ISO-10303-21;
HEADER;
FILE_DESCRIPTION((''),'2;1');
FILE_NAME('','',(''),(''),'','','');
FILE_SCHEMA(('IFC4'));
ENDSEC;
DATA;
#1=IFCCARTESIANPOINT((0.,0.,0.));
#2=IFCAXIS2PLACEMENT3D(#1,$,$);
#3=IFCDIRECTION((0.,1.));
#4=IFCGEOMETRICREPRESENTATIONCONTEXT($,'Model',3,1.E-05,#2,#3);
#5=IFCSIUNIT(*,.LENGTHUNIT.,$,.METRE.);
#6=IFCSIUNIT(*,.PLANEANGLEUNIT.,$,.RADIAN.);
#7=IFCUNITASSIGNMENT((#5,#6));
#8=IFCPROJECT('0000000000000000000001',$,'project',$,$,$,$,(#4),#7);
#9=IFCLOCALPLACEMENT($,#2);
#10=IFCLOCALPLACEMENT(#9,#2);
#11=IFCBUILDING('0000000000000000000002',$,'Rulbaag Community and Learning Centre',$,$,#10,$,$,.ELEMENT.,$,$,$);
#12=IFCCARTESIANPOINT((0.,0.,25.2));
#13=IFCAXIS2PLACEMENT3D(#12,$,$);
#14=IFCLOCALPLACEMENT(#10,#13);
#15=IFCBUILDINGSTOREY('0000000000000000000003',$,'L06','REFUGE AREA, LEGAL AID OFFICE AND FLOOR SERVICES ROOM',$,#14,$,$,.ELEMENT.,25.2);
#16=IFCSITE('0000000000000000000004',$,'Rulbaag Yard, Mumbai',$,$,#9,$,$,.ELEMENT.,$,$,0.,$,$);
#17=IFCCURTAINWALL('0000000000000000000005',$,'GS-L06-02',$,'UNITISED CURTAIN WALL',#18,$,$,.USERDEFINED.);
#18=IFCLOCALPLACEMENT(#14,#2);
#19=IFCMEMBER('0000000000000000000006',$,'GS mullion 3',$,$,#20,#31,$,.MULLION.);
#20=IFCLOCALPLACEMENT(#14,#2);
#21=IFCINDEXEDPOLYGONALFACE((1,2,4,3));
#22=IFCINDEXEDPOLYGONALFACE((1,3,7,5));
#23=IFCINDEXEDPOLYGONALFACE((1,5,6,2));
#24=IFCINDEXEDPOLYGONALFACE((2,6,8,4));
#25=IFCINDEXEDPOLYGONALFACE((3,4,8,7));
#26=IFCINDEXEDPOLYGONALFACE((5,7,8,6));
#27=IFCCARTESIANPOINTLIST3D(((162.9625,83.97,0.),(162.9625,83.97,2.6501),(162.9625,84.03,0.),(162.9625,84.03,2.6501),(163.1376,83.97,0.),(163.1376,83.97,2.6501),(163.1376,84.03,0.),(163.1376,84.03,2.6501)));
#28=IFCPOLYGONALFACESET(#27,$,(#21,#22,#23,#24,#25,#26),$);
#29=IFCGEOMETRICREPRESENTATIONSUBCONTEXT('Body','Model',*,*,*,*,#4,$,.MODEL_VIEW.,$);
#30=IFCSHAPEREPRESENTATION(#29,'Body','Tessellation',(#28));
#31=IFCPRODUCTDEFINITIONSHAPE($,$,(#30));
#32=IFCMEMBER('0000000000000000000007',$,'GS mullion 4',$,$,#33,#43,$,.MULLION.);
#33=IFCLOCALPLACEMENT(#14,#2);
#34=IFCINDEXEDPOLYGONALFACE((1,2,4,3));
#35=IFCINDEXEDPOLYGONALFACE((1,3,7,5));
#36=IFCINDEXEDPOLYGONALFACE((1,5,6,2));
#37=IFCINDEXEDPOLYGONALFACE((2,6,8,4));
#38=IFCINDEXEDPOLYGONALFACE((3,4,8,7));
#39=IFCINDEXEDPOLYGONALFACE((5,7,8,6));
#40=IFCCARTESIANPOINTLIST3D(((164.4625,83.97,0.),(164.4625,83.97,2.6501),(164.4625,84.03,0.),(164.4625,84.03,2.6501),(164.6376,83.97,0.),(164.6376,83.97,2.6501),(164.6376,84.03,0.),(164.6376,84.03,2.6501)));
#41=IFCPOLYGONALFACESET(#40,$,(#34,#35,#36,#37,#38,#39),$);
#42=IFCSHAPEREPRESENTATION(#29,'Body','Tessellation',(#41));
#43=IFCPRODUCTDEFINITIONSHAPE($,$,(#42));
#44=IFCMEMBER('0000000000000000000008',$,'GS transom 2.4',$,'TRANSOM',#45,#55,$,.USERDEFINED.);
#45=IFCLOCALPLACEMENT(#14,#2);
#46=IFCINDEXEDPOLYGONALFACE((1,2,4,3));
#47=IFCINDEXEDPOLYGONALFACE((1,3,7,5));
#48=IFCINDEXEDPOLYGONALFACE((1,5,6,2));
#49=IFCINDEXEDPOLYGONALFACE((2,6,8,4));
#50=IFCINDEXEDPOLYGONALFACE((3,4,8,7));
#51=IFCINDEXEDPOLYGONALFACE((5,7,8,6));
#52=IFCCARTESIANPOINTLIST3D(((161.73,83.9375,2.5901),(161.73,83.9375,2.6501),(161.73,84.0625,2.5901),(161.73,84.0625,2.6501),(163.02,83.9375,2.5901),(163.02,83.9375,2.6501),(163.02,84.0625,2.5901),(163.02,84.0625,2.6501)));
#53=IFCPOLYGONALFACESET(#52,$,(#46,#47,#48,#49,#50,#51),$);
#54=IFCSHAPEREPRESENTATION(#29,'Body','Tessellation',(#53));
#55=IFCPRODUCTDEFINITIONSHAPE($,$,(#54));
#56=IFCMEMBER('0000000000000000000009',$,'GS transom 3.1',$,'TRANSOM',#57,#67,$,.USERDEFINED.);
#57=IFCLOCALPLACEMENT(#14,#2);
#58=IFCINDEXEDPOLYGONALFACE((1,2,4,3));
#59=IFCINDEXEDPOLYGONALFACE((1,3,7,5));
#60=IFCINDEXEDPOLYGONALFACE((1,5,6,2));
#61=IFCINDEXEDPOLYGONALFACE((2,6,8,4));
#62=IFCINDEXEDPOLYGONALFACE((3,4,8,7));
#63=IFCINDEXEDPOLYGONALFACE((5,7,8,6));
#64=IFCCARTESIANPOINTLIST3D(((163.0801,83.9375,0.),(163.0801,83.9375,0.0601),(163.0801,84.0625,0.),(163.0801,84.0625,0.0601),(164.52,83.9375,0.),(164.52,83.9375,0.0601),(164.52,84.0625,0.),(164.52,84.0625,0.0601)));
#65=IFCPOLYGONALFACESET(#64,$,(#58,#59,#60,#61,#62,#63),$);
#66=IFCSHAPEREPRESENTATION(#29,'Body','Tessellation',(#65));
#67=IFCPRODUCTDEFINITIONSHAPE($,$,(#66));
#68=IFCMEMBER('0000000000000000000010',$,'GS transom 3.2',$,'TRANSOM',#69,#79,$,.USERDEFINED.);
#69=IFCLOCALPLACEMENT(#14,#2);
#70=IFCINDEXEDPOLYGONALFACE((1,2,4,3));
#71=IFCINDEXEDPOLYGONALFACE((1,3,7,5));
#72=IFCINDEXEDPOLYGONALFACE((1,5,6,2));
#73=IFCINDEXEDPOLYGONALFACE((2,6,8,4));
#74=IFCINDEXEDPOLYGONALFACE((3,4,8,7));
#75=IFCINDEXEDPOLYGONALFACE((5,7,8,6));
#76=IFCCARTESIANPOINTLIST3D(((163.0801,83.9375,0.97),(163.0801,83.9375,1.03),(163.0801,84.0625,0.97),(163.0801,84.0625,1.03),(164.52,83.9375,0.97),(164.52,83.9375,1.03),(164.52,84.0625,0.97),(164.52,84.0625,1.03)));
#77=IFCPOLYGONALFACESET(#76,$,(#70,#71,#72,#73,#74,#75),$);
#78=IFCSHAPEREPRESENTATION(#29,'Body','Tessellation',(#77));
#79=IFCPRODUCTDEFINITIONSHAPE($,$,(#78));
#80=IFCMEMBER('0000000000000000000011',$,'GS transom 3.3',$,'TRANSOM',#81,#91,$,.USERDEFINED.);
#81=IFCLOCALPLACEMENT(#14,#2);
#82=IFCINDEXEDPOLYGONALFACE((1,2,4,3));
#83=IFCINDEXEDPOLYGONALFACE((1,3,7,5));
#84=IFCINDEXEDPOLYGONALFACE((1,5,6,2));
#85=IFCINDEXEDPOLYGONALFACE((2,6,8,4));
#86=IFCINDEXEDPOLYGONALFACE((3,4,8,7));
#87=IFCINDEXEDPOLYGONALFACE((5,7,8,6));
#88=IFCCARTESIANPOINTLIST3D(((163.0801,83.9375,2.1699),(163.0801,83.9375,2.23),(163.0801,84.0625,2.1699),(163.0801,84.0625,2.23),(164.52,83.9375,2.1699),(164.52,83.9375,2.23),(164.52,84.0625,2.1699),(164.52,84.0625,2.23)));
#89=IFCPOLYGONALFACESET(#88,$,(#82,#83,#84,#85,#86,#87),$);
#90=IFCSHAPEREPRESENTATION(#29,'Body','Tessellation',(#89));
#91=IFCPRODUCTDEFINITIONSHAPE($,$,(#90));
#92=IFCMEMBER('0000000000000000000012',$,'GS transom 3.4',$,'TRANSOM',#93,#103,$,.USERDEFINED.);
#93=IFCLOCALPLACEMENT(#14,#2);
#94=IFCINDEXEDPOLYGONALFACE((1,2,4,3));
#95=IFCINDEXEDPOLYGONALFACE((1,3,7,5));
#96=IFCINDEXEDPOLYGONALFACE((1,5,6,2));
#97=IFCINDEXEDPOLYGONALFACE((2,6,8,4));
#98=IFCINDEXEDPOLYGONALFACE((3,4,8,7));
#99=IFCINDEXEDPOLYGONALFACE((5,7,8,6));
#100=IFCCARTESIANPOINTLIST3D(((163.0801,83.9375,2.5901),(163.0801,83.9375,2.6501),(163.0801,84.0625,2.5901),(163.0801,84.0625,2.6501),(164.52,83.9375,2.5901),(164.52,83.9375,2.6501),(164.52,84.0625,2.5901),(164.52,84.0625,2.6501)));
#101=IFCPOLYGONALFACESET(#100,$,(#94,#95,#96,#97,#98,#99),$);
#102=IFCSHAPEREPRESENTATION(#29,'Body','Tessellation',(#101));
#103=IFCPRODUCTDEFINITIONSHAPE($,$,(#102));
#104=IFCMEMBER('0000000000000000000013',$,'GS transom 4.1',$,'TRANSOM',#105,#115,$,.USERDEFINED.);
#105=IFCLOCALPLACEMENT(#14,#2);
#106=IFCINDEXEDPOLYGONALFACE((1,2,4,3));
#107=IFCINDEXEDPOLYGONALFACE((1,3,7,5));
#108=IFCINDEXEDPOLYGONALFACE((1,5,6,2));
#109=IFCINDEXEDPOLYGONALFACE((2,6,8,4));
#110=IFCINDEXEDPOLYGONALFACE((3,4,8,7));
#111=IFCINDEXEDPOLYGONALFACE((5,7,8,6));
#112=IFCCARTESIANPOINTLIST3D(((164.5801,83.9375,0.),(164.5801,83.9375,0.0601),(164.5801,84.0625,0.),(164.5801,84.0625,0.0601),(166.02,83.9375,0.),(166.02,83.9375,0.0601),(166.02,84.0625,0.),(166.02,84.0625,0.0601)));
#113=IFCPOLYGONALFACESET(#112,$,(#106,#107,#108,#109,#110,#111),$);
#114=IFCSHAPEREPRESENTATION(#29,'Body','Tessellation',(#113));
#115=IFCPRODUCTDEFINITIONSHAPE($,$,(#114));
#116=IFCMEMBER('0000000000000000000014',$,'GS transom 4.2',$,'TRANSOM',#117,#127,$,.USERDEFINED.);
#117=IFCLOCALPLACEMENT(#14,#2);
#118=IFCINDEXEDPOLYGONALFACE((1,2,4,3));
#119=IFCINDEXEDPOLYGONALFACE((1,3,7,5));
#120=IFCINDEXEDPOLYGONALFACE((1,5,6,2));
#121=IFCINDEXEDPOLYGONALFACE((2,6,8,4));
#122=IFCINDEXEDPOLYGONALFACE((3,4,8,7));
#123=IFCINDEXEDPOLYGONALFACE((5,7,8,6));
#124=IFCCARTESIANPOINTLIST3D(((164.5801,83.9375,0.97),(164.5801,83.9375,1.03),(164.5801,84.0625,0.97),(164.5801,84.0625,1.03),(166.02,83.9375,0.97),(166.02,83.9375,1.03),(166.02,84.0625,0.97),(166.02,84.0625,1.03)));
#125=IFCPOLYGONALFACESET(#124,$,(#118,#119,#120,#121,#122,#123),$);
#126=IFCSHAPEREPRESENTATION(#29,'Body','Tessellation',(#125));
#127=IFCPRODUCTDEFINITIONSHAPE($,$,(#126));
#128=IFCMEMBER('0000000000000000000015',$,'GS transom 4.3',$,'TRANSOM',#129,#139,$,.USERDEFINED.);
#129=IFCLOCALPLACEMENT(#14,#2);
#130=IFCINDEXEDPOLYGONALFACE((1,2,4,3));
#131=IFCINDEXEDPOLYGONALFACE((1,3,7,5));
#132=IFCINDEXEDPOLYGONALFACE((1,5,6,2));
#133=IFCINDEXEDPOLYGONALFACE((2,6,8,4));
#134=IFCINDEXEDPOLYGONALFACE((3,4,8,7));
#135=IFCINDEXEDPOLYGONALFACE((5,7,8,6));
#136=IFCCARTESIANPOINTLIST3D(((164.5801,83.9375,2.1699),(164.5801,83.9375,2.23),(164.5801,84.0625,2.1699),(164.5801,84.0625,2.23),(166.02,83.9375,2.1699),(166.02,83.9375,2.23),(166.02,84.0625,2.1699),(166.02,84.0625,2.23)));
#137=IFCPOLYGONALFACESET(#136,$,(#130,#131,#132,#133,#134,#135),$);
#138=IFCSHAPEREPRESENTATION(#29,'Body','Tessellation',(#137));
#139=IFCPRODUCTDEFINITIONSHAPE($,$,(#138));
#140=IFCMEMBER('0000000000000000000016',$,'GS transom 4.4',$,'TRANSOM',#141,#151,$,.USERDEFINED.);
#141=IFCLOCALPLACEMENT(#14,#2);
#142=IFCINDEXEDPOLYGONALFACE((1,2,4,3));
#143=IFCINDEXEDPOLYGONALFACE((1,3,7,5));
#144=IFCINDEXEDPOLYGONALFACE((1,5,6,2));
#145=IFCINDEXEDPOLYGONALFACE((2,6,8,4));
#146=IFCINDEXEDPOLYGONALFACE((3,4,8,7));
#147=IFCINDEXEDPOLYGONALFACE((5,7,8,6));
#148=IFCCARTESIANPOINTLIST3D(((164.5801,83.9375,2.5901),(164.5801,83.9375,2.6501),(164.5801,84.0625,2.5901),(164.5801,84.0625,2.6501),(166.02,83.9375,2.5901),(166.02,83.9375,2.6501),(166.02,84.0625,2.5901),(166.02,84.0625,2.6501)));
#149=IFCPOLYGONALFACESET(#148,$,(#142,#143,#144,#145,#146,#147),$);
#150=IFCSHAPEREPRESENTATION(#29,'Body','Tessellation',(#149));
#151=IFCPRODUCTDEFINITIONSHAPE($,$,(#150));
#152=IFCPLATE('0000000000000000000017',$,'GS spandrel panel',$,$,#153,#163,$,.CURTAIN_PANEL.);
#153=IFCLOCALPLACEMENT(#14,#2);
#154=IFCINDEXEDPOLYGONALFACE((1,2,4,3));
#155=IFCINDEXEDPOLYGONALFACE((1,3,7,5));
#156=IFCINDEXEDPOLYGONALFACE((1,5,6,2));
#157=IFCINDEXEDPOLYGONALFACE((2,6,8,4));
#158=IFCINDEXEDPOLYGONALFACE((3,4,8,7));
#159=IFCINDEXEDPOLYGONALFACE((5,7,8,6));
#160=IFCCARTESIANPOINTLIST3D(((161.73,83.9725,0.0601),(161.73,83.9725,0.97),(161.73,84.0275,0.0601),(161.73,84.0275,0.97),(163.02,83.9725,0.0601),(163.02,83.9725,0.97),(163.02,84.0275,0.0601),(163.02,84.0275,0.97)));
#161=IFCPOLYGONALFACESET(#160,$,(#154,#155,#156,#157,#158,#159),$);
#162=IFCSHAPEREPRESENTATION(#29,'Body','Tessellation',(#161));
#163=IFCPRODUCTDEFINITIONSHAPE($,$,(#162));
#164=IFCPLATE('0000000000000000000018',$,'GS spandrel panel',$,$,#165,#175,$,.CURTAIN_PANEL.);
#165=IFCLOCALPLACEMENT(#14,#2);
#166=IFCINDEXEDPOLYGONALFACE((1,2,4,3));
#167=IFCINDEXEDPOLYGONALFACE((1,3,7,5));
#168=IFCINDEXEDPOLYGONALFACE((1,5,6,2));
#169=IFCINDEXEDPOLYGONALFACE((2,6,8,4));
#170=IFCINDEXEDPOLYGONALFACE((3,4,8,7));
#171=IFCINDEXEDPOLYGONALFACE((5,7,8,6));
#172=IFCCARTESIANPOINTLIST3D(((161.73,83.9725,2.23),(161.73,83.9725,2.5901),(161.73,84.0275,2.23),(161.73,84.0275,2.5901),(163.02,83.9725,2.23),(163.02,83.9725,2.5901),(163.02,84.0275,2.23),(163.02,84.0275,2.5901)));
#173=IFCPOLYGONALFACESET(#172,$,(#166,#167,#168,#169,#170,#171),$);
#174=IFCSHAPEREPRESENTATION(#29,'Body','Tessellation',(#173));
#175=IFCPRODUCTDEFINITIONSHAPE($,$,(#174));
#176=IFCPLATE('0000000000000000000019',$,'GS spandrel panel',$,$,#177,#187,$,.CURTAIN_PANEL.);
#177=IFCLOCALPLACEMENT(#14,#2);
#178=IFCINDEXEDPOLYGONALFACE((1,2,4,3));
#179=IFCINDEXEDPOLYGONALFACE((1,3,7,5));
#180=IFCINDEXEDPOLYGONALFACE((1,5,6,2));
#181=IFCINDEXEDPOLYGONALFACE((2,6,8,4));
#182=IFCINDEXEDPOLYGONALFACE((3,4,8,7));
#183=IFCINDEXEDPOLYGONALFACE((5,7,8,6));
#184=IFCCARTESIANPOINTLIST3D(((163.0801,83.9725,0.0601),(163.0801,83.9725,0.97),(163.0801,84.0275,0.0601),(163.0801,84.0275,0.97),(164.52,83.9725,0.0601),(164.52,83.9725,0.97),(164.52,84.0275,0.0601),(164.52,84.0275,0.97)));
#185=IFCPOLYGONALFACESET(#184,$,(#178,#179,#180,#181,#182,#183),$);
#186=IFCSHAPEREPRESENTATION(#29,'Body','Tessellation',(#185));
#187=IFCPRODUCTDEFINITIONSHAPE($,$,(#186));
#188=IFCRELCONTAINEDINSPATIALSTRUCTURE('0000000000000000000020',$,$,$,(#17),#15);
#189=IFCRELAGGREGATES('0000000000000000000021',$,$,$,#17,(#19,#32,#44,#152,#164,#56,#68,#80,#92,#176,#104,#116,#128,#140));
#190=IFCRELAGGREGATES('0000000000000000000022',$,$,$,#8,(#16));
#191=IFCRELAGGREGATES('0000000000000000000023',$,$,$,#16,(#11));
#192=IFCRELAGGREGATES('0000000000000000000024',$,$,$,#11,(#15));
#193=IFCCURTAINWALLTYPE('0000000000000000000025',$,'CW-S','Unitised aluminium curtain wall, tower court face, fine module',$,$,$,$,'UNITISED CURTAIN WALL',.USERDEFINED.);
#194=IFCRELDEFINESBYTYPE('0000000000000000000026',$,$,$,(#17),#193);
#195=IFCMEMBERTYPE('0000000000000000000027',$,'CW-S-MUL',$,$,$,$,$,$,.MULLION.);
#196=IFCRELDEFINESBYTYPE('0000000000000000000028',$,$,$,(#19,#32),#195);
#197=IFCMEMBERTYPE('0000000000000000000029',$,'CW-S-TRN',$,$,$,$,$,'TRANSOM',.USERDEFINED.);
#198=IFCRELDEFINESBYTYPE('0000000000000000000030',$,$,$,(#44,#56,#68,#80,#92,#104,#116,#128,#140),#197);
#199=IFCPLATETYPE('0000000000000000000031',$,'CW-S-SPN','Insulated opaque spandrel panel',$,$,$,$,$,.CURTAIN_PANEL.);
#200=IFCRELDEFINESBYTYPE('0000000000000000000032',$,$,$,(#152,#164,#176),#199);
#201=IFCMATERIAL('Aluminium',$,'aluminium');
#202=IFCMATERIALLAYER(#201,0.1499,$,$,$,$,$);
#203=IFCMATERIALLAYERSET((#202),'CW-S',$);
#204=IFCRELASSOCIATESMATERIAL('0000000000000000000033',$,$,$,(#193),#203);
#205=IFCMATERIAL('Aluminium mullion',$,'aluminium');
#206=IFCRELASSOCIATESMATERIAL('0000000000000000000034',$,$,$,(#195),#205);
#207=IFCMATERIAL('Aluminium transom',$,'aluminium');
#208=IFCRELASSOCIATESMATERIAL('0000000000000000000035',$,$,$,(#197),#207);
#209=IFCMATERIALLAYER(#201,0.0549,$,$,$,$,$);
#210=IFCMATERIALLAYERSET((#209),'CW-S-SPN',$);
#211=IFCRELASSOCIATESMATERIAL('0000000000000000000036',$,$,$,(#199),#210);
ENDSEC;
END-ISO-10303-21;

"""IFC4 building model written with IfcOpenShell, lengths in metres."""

from ifc_helpers import new_model, si_unit, direction, frame, origin, origin_2d, place, context, subcontext, project, spatial, rectangle, extrude, material, layer, layer_set, material_profile, profile_set, type_object, element, aggregate, save


model = new_model("IFC4")

# Units and contexts
model_context = context("Model", 3, precision=1e-05, world=origin(), true_north=direction((0.0, 1.0)))
body_context = subcontext(model_context, "Body", "Model", "MODEL_VIEW")
ifc_project = project(units=[si_unit("LENGTHUNIT", "METRE"), si_unit("PLANEANGLEUNIT", "RADIAN")], contexts=[model_context])

# Site, building, storey
site_placement = place(None, origin())
site = spatial("IfcSite", under=ifc_project, at=site_placement, Name="Rulbaag Yard, Mumbai", CompositionType="ELEMENT", RefElevation=0.0)
building_placement = place(site_placement, origin())
building = spatial("IfcBuilding", under=site, at=building_placement, Name="Rulbaag Community and Learning Centre", CompositionType="ELEMENT")
storey_placement = place(building_placement, frame((0.0, 0.0, 25.2)))
storey = spatial("IfcBuildingStorey", under=building, at=storey_placement, Name="L06", Description="REFUGE AREA, LEGAL AID OFFICE AND FLOOR SERVICES ROOM", CompositionType="ELEMENT", Elevation=25.2)

# Curtain wall, members, plates
ifc_material_1 = material(Name="Aluminium", Category="aluminium")
ifc_layer_1 = layer(ifc_material_1, 0.1499)
ifc_layer_set_1 = layer_set([ifc_layer_1], Name="CW-S")
curtain_wall_type = type_object("IfcCurtainWallType", Name="CW-S", Description="Unitised aluminium curtain wall, tower court face, fine module", ElementType="UNITISED CURTAIN WALL", PredefinedType="USERDEFINED", material=ifc_layer_set_1)
curtain_wall_placement = place(storey_placement, origin())
curtain_wall = element("IfcCurtainWall", 1, at=curtain_wall_placement, inside=storey, type_object=curtain_wall_type, Name="GS-L06-02", ObjectType="UNITISED CURTAIN WALL", PredefinedType="USERDEFINED")
ifc_material_2 = material(Name="Aluminium mullion", Category="aluminium")
ifc_material_profile_1 = material_profile(ifc_material_2, rectangle(XDim=0.0601, YDim=0.175, at=origin_2d()), Name="AL 60x175")
ifc_profile_set_1 = profile_set([ifc_material_profile_1], Name="Aluminium mullion")
member_type_1 = type_object("IfcMemberType", Name="CW-S-MUL", PredefinedType="MULLION", material=ifc_profile_set_1)
member_1_placement = place(storey_placement, frame((163.05, 84.0, 0.0), z_axis=(0.0, 0.0, 1.0), x_axis=(0.0, 1.0, 0.0)))
member_1 = element("IfcMember", 2, at=member_1_placement, type_object=member_type_1, Name="GS mullion 3", PredefinedType="MULLION", context=body_context, shape_type="SweptSolid", body=[
    extrude(rectangle(XDim=0.0601, YDim=0.175, at=origin_2d()), origin(), (0.0, 0.0, 1.0), 2.6501),
])
member_2_placement = place(storey_placement, frame((164.55, 84.0, 0.0), z_axis=(0.0, 0.0, 1.0), x_axis=(0.0, 1.0, 0.0)))
member_2 = element("IfcMember", 3, at=member_2_placement, type_object=member_type_1, Name="GS mullion 4", PredefinedType="MULLION", context=body_context, shape_type="SweptSolid", body=[
    extrude(rectangle(XDim=0.0601, YDim=0.175, at=origin_2d()), origin(), (0.0, 0.0, 1.0), 2.6501),
])
ifc_material_3 = material(Name="Aluminium transom", Category="aluminium")
ifc_material_profile_2 = material_profile(ifc_material_3, rectangle(XDim=0.125, YDim=0.0601, at=origin_2d()), Name="AL 60x125 T")
ifc_profile_set_2 = profile_set([ifc_material_profile_2], Name="Aluminium transom")
member_type_2 = type_object("IfcMemberType", Name="CW-S-TRN", ElementType="TRANSOM", PredefinedType="USERDEFINED", material=ifc_profile_set_2)
member_3_placement = place(storey_placement, frame((161.73, 84.0, 2.6201), z_axis=(1.0, 0.0, 0.0), x_axis=(0.0, 1.0, 0.0)))
member_3 = element("IfcMember", 4, at=member_3_placement, type_object=member_type_2, Name="GS transom 2.4", ObjectType="TRANSOM", PredefinedType="USERDEFINED", context=body_context, shape_type="SweptSolid", body=[
    extrude(rectangle(XDim=0.125, YDim=0.0601, at=origin_2d()), origin(), (0.0, 0.0, 1.0), 1.29),
])
member_4_placement = place(storey_placement, frame((163.0801, 84.0, 0.03), z_axis=(1.0, 0.0, 0.0), x_axis=(0.0, 1.0, 0.0)))
member_4 = element("IfcMember", 5, at=member_4_placement, type_object=member_type_2, Name="GS transom 3.1", ObjectType="TRANSOM", PredefinedType="USERDEFINED", context=body_context, shape_type="SweptSolid", body=[
    extrude(rectangle(XDim=0.125, YDim=0.0601, at=origin_2d()), origin(), (0.0, 0.0, 1.0), 1.4399),
])
member_5_placement = place(storey_placement, frame((163.0801, 84.0, 1.0), z_axis=(1.0, 0.0, 0.0), x_axis=(0.0, 1.0, 0.0)))
member_5 = element("IfcMember", 6, at=member_5_placement, type_object=member_type_2, Name="GS transom 3.2", ObjectType="TRANSOM", PredefinedType="USERDEFINED", context=body_context, shape_type="SweptSolid", body=[
    extrude(rectangle(XDim=0.125, YDim=0.0601, at=origin_2d()), origin(), (0.0, 0.0, 1.0), 1.4399),
])
member_6_placement = place(storey_placement, frame((163.0801, 84.0, 2.2), z_axis=(1.0, 0.0, 0.0), x_axis=(0.0, 1.0, 0.0)))
member_6 = element("IfcMember", 7, at=member_6_placement, type_object=member_type_2, Name="GS transom 3.3", ObjectType="TRANSOM", PredefinedType="USERDEFINED", context=body_context, shape_type="SweptSolid", body=[
    extrude(rectangle(XDim=0.125, YDim=0.0601, at=origin_2d()), origin(), (0.0, 0.0, 1.0), 1.4399),
])
member_7_placement = place(storey_placement, frame((163.0801, 84.0, 2.6201), z_axis=(1.0, 0.0, 0.0), x_axis=(0.0, 1.0, 0.0)))
member_7 = element("IfcMember", 8, at=member_7_placement, type_object=member_type_2, Name="GS transom 3.4", ObjectType="TRANSOM", PredefinedType="USERDEFINED", context=body_context, shape_type="SweptSolid", body=[
    extrude(rectangle(XDim=0.125, YDim=0.0601, at=origin_2d()), origin(), (0.0, 0.0, 1.0), 1.4399),
])
member_8_placement = place(storey_placement, frame((164.5801, 84.0, 0.03), z_axis=(1.0, 0.0, 0.0), x_axis=(0.0, 1.0, 0.0)))
member_8 = element("IfcMember", 9, at=member_8_placement, type_object=member_type_2, Name="GS transom 4.1", ObjectType="TRANSOM", PredefinedType="USERDEFINED", context=body_context, shape_type="SweptSolid", body=[
    extrude(rectangle(XDim=0.125, YDim=0.0601, at=origin_2d()), origin(), (0.0, 0.0, 1.0), 1.4399),
])
member_9_placement = place(storey_placement, frame((164.5801, 84.0, 1.0), z_axis=(1.0, 0.0, 0.0), x_axis=(0.0, 1.0, 0.0)))
member_9 = element("IfcMember", 10, at=member_9_placement, type_object=member_type_2, Name="GS transom 4.2", ObjectType="TRANSOM", PredefinedType="USERDEFINED", context=body_context, shape_type="SweptSolid", body=[
    extrude(rectangle(XDim=0.125, YDim=0.0601, at=origin_2d()), origin(), (0.0, 0.0, 1.0), 1.4399),
])
member_10_placement = place(storey_placement, frame((164.5801, 84.0, 2.2), z_axis=(1.0, 0.0, 0.0), x_axis=(0.0, 1.0, 0.0)))
member_10 = element("IfcMember", 11, at=member_10_placement, type_object=member_type_2, Name="GS transom 4.3", ObjectType="TRANSOM", PredefinedType="USERDEFINED", context=body_context, shape_type="SweptSolid", body=[
    extrude(rectangle(XDim=0.125, YDim=0.0601, at=origin_2d()), origin(), (0.0, 0.0, 1.0), 1.4399),
])
member_11_placement = place(storey_placement, frame((164.5801, 84.0, 2.6201), z_axis=(1.0, 0.0, 0.0), x_axis=(0.0, 1.0, 0.0)))
member_11 = element("IfcMember", 12, at=member_11_placement, type_object=member_type_2, Name="GS transom 4.4", ObjectType="TRANSOM", PredefinedType="USERDEFINED", context=body_context, shape_type="SweptSolid", body=[
    extrude(rectangle(XDim=0.125, YDim=0.0601, at=origin_2d()), origin(), (0.0, 0.0, 1.0), 1.4399),
])
ifc_layer_2 = layer(ifc_material_1, 0.0549)
ifc_layer_set_2 = layer_set([ifc_layer_2], Name="CW-S-SPN")
plate_type_1 = type_object("IfcPlateType", Name="CW-S-SPN", Description="Insulated opaque spandrel panel", PredefinedType="CURTAIN_PANEL", material=ifc_layer_set_2)
plate_1_placement = place(storey_placement, frame((162.375, 84.0, 0.0601), z_axis=(0.0, 0.0, 1.0), x_axis=(1.0, 0.0, 0.0)))
plate_1 = element("IfcPlate", 13, at=plate_1_placement, type_object=plate_type_1, Name="GS spandrel panel", PredefinedType="CURTAIN_PANEL", context=body_context, shape_type="SweptSolid", body=[
    extrude(rectangle(XDim=1.29, YDim=0.0549, at=origin_2d()), origin(), (0.0, 0.0, 1.0), 0.9099),
])
plate_2_placement = place(storey_placement, frame((162.375, 84.0, 2.23), z_axis=(0.0, 0.0, 1.0), x_axis=(1.0, 0.0, 0.0)))
plate_2 = element("IfcPlate", 14, at=plate_2_placement, type_object=plate_type_1, Name="GS spandrel panel", PredefinedType="CURTAIN_PANEL", context=body_context, shape_type="SweptSolid", body=[
    extrude(rectangle(XDim=1.29, YDim=0.0549, at=origin_2d()), origin(), (0.0, 0.0, 1.0), 0.3601),
])
plate_3_placement = place(storey_placement, frame((163.8, 84.0, 0.0601), z_axis=(0.0, 0.0, 1.0), x_axis=(1.0, 0.0, 0.0)))
plate_3 = element("IfcPlate", 15, at=plate_3_placement, type_object=plate_type_1, Name="GS spandrel panel", PredefinedType="CURTAIN_PANEL", context=body_context, shape_type="SweptSolid", body=[
    extrude(rectangle(XDim=1.4399, YDim=0.0549, at=origin_2d()), origin(), (0.0, 0.0, 1.0), 0.9099),
])
aggregate(curtain_wall, [member_1, member_2, member_3, plate_1, plate_2, member_4, member_5, member_6, member_7, plate_3, member_8, member_9, member_10, member_11])

save(model, "model.ifc")
